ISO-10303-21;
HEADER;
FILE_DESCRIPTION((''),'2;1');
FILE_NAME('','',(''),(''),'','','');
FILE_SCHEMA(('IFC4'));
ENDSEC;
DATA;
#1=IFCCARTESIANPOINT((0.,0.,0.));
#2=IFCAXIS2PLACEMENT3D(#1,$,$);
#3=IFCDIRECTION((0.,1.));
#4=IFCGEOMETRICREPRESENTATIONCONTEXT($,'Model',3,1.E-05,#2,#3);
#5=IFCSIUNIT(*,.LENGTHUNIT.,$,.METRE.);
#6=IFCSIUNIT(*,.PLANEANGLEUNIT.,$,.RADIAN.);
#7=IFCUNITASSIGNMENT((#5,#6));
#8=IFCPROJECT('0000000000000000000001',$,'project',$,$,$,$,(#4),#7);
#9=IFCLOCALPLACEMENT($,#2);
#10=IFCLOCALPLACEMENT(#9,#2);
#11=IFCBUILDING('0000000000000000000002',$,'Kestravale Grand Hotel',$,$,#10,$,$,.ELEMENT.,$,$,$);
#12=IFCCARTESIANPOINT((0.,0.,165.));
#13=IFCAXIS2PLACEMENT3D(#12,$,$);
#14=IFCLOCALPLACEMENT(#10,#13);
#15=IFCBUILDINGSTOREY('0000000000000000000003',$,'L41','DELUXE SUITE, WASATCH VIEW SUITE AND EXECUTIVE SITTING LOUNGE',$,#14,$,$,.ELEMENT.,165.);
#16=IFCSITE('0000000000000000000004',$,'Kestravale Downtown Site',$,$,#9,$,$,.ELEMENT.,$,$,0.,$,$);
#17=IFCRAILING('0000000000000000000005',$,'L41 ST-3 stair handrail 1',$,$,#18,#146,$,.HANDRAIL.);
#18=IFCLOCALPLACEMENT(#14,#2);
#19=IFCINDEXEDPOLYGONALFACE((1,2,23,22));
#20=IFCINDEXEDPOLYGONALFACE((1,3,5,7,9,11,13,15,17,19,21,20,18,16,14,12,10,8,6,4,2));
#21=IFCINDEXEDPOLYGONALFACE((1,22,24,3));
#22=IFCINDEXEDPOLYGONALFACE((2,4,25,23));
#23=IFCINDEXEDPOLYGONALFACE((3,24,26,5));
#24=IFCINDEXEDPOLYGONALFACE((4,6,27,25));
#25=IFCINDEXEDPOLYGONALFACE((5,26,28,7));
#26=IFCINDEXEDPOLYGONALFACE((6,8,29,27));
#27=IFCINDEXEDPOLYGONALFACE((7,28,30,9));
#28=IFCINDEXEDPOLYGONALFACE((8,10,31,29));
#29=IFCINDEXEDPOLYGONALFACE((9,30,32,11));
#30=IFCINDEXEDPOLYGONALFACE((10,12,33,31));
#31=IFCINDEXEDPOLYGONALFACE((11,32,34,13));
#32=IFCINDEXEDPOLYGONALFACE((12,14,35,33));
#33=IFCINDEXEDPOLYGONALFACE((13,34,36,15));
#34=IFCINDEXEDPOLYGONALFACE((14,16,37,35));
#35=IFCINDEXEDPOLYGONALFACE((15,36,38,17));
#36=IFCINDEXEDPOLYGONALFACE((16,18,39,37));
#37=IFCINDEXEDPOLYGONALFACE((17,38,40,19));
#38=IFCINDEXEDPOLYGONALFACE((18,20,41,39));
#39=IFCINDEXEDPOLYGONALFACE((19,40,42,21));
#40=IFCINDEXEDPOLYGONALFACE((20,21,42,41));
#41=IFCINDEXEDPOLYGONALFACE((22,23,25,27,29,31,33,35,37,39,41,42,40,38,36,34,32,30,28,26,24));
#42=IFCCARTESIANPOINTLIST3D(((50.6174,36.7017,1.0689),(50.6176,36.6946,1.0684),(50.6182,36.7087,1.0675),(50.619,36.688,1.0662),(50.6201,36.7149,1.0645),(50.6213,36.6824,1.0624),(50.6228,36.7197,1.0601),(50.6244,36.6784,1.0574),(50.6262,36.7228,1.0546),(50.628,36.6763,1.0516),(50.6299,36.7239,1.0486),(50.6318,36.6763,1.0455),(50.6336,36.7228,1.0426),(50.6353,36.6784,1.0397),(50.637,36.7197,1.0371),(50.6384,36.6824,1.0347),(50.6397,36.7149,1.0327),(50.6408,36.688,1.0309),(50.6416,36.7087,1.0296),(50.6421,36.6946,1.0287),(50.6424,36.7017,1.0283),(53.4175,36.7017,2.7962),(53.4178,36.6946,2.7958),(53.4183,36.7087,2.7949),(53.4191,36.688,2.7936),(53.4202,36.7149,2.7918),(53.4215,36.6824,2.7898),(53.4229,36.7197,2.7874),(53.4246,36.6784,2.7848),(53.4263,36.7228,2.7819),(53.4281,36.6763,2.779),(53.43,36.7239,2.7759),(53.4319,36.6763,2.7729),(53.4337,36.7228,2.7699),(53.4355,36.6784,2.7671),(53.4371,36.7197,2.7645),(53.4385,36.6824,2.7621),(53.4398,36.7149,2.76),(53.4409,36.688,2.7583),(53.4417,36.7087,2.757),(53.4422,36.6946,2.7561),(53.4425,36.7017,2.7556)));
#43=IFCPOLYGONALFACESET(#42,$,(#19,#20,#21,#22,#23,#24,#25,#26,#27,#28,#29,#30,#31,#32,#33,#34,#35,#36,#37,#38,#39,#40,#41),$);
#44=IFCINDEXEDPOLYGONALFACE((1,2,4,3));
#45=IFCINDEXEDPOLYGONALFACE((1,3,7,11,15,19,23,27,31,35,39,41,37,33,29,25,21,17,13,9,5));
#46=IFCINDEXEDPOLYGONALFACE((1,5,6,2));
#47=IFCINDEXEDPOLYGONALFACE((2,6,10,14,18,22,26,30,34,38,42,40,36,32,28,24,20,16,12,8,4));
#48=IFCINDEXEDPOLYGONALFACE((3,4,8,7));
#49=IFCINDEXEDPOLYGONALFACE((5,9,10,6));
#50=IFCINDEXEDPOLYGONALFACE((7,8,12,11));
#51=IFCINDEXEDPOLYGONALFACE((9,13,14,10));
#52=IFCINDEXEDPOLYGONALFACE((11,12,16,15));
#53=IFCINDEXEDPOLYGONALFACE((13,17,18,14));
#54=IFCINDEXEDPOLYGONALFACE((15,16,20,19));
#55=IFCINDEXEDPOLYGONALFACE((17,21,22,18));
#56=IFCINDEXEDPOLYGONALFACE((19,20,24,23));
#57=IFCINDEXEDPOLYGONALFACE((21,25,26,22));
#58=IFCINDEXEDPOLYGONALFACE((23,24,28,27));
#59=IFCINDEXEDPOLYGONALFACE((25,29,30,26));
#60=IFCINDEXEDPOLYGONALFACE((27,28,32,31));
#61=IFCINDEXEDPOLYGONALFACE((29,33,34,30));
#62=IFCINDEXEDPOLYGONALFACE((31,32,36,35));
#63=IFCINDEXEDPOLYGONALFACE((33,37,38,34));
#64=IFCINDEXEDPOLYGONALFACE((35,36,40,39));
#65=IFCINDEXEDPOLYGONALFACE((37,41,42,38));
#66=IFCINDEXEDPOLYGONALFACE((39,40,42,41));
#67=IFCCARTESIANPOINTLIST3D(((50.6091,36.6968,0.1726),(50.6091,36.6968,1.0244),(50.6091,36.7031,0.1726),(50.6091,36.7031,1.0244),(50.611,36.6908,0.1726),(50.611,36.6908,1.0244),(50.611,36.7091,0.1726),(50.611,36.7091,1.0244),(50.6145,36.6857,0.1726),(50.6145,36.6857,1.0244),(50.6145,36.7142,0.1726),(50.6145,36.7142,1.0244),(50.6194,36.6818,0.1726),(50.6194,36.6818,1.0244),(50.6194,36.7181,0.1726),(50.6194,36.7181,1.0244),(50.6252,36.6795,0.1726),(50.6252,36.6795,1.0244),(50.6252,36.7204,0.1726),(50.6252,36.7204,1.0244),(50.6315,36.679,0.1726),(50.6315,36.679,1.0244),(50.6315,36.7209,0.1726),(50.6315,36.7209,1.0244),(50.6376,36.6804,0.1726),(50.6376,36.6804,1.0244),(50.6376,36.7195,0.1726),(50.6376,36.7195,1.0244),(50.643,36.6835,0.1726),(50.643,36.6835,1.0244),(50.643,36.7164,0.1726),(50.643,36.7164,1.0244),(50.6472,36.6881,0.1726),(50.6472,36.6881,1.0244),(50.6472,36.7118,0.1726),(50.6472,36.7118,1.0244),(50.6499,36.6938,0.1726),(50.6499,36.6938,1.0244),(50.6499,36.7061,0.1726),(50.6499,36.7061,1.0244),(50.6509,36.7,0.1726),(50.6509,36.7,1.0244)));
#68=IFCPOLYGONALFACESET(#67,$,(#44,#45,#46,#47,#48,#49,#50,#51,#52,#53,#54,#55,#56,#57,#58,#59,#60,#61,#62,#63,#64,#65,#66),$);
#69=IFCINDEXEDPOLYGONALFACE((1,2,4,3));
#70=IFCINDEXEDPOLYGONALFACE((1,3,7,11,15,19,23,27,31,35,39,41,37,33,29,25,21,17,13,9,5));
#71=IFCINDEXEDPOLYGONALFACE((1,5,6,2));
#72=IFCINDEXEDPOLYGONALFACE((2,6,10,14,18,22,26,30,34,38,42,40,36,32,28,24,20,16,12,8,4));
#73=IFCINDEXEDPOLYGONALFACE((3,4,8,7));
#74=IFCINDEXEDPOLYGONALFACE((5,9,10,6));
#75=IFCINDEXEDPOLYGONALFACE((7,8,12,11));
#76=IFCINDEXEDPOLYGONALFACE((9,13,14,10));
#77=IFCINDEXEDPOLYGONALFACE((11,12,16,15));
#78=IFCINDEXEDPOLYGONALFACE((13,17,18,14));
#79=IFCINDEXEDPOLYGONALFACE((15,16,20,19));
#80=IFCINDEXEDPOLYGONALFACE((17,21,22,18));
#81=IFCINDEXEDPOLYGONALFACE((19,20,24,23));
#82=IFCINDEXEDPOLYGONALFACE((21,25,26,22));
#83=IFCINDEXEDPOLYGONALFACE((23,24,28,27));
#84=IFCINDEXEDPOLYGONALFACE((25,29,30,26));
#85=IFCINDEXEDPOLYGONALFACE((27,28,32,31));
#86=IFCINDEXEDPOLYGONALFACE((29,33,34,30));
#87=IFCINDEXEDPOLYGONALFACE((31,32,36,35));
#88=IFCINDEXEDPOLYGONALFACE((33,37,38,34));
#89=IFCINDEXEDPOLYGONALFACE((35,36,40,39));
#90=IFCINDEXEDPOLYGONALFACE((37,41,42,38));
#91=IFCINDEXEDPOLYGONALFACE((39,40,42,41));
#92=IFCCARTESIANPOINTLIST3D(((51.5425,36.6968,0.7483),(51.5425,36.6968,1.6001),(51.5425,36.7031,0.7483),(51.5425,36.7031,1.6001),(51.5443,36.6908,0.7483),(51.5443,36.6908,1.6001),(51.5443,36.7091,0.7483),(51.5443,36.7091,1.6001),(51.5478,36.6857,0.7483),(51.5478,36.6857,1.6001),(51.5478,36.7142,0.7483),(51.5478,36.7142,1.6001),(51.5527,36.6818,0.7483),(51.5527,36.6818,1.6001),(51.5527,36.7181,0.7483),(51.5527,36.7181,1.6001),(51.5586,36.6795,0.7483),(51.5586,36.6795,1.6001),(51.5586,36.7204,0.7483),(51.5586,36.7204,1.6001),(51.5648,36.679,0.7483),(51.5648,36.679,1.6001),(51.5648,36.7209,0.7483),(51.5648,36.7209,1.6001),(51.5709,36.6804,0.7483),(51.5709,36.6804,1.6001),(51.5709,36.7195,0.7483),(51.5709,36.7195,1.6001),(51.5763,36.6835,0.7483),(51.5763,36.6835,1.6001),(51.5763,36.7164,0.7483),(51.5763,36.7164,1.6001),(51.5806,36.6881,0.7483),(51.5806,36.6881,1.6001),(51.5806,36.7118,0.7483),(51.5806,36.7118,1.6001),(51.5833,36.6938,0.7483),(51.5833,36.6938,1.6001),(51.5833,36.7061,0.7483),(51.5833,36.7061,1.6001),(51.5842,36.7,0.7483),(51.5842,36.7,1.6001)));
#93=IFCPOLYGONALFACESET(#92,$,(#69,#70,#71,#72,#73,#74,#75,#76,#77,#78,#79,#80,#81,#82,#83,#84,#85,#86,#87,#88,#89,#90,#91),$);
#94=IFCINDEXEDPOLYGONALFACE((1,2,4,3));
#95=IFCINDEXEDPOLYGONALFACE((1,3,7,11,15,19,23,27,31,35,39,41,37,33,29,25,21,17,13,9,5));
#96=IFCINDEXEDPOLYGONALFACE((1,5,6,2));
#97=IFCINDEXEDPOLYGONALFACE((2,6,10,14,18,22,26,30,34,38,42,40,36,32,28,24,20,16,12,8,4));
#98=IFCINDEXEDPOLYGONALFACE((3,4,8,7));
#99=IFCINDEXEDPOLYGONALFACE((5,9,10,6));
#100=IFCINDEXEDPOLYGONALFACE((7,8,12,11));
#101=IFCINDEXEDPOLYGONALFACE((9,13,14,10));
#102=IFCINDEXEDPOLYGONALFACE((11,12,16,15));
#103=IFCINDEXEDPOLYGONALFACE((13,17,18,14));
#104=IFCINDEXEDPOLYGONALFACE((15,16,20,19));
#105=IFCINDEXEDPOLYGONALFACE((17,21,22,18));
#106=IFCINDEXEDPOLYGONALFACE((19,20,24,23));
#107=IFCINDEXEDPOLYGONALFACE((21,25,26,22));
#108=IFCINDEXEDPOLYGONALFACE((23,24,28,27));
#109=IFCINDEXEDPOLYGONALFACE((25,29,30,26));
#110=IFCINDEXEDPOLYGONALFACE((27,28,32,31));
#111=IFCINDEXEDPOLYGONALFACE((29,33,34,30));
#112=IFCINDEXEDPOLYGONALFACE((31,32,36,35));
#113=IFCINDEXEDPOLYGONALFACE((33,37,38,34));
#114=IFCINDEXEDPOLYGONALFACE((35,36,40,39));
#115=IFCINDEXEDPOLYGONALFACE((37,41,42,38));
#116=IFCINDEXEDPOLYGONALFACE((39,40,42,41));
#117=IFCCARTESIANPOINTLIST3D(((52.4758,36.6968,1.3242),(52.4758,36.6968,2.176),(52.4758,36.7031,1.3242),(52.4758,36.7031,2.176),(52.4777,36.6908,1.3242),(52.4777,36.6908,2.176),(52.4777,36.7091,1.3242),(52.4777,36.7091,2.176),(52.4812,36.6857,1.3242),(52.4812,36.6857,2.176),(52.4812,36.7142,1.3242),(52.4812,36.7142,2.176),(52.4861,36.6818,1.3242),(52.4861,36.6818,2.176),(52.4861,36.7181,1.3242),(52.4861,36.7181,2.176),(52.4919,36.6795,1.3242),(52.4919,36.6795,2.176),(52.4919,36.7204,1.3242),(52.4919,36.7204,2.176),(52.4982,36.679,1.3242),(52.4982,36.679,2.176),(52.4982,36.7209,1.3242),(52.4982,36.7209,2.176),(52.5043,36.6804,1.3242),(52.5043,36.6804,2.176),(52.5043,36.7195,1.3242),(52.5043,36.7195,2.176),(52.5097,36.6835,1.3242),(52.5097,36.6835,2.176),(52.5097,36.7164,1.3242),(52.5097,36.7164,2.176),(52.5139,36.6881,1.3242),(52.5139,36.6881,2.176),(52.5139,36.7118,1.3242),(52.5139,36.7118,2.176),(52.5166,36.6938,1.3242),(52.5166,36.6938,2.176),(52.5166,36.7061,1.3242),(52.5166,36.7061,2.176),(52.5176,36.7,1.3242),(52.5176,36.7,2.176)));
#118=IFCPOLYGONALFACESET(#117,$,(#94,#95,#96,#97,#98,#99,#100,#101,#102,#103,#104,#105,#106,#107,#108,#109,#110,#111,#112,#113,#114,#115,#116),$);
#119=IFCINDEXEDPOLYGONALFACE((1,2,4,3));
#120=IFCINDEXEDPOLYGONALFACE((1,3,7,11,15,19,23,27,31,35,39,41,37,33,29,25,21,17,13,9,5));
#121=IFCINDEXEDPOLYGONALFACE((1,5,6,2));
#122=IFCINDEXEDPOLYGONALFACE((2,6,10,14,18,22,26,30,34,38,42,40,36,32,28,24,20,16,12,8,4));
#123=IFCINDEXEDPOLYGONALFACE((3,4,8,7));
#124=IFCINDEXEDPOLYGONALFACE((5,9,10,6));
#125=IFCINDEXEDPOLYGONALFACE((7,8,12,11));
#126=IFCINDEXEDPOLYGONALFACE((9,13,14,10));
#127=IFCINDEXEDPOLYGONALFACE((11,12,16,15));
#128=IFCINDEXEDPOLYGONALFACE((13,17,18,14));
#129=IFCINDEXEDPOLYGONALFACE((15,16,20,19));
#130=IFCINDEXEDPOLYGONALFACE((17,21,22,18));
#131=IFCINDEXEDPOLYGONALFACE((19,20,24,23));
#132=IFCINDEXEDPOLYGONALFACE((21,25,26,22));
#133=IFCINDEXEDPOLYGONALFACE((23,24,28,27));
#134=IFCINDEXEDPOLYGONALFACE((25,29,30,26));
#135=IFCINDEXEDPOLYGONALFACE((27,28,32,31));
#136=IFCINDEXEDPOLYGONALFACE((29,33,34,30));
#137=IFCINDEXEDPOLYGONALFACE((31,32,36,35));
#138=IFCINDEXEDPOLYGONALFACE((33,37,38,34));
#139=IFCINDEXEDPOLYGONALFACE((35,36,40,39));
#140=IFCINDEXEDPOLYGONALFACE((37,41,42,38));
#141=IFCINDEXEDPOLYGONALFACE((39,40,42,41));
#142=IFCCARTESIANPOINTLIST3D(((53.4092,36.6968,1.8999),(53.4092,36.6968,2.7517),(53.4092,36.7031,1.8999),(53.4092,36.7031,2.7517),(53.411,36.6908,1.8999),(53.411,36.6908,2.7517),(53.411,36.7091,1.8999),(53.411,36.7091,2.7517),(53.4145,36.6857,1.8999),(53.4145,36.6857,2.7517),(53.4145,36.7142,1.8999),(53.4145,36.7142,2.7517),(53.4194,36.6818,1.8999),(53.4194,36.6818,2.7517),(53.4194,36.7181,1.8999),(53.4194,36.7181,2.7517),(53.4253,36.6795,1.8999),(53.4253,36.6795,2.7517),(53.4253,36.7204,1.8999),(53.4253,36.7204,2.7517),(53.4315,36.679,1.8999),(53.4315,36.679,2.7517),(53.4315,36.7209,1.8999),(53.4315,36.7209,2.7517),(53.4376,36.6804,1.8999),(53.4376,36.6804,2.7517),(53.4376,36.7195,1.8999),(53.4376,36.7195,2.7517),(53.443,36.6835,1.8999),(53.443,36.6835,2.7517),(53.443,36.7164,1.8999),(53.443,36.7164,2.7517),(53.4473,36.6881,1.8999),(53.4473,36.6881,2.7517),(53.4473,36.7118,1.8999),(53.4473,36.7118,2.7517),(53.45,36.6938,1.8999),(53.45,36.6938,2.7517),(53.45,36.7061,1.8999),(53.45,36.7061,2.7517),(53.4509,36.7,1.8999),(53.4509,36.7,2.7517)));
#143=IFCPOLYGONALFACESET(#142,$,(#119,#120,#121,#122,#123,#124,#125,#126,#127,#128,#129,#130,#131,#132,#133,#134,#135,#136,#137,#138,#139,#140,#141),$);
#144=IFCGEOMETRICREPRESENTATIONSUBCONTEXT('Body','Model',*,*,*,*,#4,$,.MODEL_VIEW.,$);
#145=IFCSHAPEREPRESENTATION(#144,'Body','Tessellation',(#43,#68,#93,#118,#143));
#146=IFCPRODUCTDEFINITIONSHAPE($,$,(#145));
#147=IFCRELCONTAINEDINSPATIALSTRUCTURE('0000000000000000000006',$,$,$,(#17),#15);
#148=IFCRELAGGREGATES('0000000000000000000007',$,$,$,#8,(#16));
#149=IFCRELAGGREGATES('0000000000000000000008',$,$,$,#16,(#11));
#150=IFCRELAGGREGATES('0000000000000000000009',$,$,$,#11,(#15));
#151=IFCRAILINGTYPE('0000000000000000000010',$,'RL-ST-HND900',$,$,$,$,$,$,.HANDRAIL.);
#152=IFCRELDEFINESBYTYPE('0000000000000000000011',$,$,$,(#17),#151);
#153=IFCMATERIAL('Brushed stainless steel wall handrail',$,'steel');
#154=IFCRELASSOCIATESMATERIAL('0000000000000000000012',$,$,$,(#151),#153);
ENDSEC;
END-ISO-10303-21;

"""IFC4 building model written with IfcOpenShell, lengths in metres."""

from ifc_helpers import new_model, si_unit, direction, frame, origin, origin_2d, place, context, subcontext, project, spatial, circle, extrude, material, type_object, element, save


model = new_model("IFC4")

# Units and contexts
model_context = context("Model", 3, precision=1e-05, world=origin(), true_north=direction((0.0, 1.0)))
body_context = subcontext(model_context, "Body", "Model", "MODEL_VIEW")
ifc_project = project(units=[si_unit("LENGTHUNIT", "METRE"), si_unit("PLANEANGLEUNIT", "RADIAN")], contexts=[model_context])

# Site, building, storey
site_placement = place(None, origin())
site = spatial("IfcSite", under=ifc_project, at=site_placement, Name="Kestravale Downtown Site", CompositionType="ELEMENT", RefElevation=0.0)
building_placement = place(site_placement, origin())
building = spatial("IfcBuilding", under=site, at=building_placement, Name="Kestravale Grand Hotel", CompositionType="ELEMENT")
storey_placement = place(building_placement, frame((0.0, 0.0, 165.0)))
storey = spatial("IfcBuildingStorey", under=building, at=storey_placement, Name="L41", Description="DELUXE SUITE, WASATCH VIEW SUITE AND EXECUTIVE SITTING LOUNGE", CompositionType="ELEMENT", Elevation=165.0)

# Railing
ifc_material_1 = material(Name="Brushed stainless steel wall handrail", Category="steel")
railing_type_1 = type_object("IfcRailingType", Name="RL-ST-HND900", PredefinedType="HANDRAIL", material=ifc_material_1)
railing_1_placement = place(storey_placement, frame((50.6299, 36.7, 0.1726)))
element("IfcRailing", 1, at=railing_1_placement, inside=storey, type_object=railing_type_1, Name="L41 ST-3 stair handrail 1", PredefinedType="HANDRAIL", context=body_context, shape_type="SweptSolid", body=[
    extrude(circle(Radius=0.0239, at=origin_2d()), frame((0.0, 0.0, 0.876), z_axis=(0.85109, 0.0, 0.52502), x_axis=(0.0, 1.0, 0.0)), (0.0, 0.0, 1.0), 3.29),
    extrude(circle(Radius=0.021, at=origin_2d()), origin(), (0.0, 0.0, 1.0), 0.8518),
    extrude(circle(Radius=0.021, at=origin_2d()), frame((0.9333, 0.0, 0.5757)), (0.0, 0.0, 1.0), 0.8518),
    extrude(circle(Radius=0.021, at=origin_2d()), frame((1.8667, 0.0, 1.1516)), (0.0, 0.0, 1.0), 0.8518),
    extrude(circle(Radius=0.021, at=origin_2d()), frame((2.8, 0.0, 1.7273)), (0.0, 0.0, 1.0), 0.8518),
])

save(model, "model.ifc")
